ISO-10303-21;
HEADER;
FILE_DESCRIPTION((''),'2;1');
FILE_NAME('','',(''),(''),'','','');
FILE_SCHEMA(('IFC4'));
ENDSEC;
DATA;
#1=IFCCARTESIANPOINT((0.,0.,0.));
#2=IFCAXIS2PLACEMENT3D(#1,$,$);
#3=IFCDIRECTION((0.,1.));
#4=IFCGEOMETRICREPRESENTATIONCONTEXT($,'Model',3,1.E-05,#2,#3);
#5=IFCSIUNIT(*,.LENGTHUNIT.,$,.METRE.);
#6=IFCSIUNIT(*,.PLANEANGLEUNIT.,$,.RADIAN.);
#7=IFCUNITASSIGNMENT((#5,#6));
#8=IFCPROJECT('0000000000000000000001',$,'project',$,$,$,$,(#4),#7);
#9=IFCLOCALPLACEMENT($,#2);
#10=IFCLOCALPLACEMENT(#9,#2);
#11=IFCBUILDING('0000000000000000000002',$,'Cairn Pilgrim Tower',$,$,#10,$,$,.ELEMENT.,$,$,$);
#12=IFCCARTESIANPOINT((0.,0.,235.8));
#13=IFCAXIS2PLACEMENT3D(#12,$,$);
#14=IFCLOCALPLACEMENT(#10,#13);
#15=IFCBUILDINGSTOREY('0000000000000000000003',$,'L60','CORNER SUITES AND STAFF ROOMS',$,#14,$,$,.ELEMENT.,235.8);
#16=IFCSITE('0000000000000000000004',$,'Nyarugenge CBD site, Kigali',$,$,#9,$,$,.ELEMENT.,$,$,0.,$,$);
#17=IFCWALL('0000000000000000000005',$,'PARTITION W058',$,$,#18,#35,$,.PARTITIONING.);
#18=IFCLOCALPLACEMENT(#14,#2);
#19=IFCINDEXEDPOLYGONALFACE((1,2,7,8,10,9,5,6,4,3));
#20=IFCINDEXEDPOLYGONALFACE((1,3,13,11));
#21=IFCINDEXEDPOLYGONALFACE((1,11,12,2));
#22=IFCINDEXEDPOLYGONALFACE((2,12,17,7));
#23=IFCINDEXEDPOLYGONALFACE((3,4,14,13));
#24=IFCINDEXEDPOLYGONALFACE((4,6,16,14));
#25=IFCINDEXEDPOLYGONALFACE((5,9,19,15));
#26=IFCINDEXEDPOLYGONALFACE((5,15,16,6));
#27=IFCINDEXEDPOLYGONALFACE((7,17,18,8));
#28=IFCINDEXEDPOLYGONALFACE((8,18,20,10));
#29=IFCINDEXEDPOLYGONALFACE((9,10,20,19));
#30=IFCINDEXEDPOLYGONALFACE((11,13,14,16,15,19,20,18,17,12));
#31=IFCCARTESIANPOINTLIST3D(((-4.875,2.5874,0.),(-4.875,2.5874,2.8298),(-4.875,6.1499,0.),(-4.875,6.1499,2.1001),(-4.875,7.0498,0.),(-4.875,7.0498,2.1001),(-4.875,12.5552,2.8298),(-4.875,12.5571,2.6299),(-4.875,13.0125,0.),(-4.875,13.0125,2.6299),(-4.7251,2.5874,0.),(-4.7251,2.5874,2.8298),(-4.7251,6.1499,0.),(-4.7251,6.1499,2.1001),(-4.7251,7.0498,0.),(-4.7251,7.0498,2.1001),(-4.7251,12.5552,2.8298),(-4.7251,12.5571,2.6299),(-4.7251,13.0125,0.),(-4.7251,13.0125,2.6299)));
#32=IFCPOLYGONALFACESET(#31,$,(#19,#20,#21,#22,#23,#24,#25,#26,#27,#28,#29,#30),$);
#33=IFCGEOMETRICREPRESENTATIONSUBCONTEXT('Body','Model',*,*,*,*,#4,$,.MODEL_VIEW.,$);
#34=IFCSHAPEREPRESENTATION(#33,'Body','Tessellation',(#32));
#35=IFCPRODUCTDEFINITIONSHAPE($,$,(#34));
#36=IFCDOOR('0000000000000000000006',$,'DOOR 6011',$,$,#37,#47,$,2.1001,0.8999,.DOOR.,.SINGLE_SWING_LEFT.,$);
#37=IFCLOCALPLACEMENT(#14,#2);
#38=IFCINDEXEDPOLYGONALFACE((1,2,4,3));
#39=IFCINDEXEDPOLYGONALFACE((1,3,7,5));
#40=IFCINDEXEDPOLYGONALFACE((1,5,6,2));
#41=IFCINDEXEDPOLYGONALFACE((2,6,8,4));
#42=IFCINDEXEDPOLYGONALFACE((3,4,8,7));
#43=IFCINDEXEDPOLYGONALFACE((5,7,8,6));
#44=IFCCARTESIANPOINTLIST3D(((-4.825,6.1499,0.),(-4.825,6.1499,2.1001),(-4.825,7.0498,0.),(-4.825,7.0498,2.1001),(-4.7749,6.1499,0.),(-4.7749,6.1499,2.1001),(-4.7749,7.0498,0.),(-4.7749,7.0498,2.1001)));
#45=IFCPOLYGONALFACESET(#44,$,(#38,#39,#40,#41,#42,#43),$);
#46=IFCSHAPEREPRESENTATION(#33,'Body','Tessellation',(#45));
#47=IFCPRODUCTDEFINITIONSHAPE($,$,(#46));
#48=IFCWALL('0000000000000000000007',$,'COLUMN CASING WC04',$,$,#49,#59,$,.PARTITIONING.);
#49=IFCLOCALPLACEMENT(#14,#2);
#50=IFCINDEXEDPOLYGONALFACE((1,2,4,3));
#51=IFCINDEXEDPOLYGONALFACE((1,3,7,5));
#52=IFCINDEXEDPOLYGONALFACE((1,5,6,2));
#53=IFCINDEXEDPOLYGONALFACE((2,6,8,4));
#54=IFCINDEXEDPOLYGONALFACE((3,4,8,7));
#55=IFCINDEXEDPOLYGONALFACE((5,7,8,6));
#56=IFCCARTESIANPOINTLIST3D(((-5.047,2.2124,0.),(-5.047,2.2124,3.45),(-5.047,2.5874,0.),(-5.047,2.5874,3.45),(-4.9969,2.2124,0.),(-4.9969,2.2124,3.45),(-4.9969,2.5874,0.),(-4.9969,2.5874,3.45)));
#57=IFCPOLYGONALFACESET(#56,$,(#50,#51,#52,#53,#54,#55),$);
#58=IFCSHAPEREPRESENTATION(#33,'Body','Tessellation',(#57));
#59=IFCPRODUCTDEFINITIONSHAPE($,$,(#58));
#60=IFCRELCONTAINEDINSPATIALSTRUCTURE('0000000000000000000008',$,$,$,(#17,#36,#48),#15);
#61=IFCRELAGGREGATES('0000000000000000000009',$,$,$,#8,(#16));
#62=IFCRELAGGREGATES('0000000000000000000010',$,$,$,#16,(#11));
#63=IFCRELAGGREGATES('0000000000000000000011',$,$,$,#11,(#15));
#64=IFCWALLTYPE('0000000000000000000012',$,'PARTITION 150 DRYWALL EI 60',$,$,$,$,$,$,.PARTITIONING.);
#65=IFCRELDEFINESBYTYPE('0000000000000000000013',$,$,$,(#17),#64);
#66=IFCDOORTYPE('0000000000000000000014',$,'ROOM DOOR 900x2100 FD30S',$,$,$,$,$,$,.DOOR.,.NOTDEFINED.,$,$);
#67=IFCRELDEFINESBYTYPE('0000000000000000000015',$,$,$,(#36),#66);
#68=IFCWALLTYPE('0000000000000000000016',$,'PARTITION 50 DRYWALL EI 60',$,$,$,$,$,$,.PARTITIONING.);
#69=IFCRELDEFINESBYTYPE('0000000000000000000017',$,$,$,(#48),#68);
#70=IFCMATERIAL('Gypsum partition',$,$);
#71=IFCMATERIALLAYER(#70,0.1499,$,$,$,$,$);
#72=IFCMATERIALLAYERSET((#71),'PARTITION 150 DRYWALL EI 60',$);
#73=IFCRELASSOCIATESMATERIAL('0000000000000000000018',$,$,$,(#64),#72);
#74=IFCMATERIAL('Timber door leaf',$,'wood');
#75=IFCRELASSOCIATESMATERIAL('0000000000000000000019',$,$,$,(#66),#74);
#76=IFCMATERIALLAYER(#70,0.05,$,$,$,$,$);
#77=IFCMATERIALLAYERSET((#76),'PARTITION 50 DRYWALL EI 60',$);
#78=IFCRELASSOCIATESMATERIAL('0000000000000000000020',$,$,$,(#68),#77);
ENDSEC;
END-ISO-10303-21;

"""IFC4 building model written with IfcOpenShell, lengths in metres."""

from ifc_helpers import new_model, si_unit, direction, frame, frame_2d, origin, place, context, subcontext, project, spatial, polyline, rectangle, outline, extrude, material, layer, layer_set, type_object, element, fill, save


model = new_model("IFC4")

# Units and contexts
model_context = context("Model", 3, precision=1e-05, world=origin(), true_north=direction((0.0, 1.0)))
body_context = subcontext(model_context, "Body", "Model", "MODEL_VIEW")
ifc_project = project(units=[si_unit("LENGTHUNIT", "METRE"), si_unit("PLANEANGLEUNIT", "RADIAN")], contexts=[model_context])

# Site, building, storey
site_placement = place(None, origin())
site = spatial("IfcSite", under=ifc_project, at=site_placement, Name="Nyarugenge CBD site, Kigali", CompositionType="ELEMENT", RefElevation=0.0)
building_placement = place(site_placement, origin())
building = spatial("IfcBuilding", under=site, at=building_placement, Name="Cairn Pilgrim Tower", CompositionType="ELEMENT")
storey_placement = place(building_placement, frame((0.0, 0.0, 235.8)))
storey = spatial("IfcBuildingStorey", under=building, at=storey_placement, Name="L60", Description="CORNER SUITES AND STAFF ROOMS", CompositionType="ELEMENT", Elevation=235.8)

# Wall, opening, door
ifc_material_1 = material(Name="Gypsum partition")
ifc_layer_1 = layer(ifc_material_1, 0.1499)
ifc_layer_set_1 = layer_set([ifc_layer_1], Name="PARTITION 150 DRYWALL EI 60")
wall_type_1 = type_object("IfcWallType", Name="PARTITION 150 DRYWALL EI 60", PredefinedType="PARTITIONING", material=ifc_layer_set_1)
wall_1_placement = place(storey_placement, frame((-4.8, 2.5874, 0.0), z_axis=(0.0, 0.0, 1.0), x_axis=(0.0, 1.0, 0.0)))
wall_1 = element("IfcWall", 1, at=wall_1_placement, inside=storey, type_object=wall_type_1, Name="PARTITION W058", PredefinedType="PARTITIONING", context=body_context, shape_type="SweptSolid", body=[
    extrude(outline(polyline([(0.0, 0.0), (10.425, 0.0), (10.425, 2.6299), (9.9697, 2.6299), (9.9678, 2.8298), (0.0, 2.8298), (0.0, 0.0)])), frame((0.0, 0.075, 0.0), z_axis=(0.0, -1.0, 0.0), x_axis=(1.0, 0.0, 0.0)), (0.0, 0.0, 1.0), 0.1499),
])
opening_1_placement = place(wall_1_placement, frame((3.5625, 0.0, 0.0)))
opening_1 = element("IfcOpeningElement", 2, at=opening_1_placement, cuts=wall_1, PredefinedType="OPENING", context=body_context, shape_type="SweptSolid", body=[
    extrude(rectangle(XDim=0.8999, YDim=2.1001, at=frame_2d((0.45, 1.05))), frame((0.0, 0.085, 0.0), z_axis=(0.0, -1.0, 0.0), x_axis=(1.0, 0.0, 0.0)), (0.0, 0.0, 1.0), 0.1699),
])
ifc_material_2 = material(Name="Timber door leaf", Category="wood")
door_type_1 = type_object("IfcDoorType", Name="ROOM DOOR 900x2100 FD30S", OperationType="NOTDEFINED", PredefinedType="DOOR", material=ifc_material_2)
door_1_placement = place(opening_1_placement, origin())
door_1 = element("IfcDoor", 3, at=door_1_placement, inside=storey, type_object=door_type_1, Name="DOOR 6011", OperationType="SINGLE_SWING_LEFT", OverallHeight=2.1001, OverallWidth=0.8999, PredefinedType="DOOR", context=body_context, shape_type="SweptSolid", body=[
    extrude(rectangle(XDim=0.8999, YDim=2.1001, at=frame_2d((0.45, 1.05))), frame((0.0, 0.0249, 0.0), z_axis=(0.0, -1.0, 0.0), x_axis=(1.0, 0.0, 0.0)), (0.0, 0.0, 1.0), 0.05),
])
fill(opening_1, door_1)

# Wall
ifc_layer_2 = layer(ifc_material_1, 0.05)
ifc_layer_set_2 = layer_set([ifc_layer_2], Name="PARTITION 50 DRYWALL EI 60")
wall_type_2 = type_object("IfcWallType", Name="PARTITION 50 DRYWALL EI 60", PredefinedType="PARTITIONING", material=ifc_layer_set_2)
wall_2_placement = place(storey_placement, frame((-5.022, 2.2124, 0.0), z_axis=(0.0, 0.0, 1.0), x_axis=(0.0, 1.0, 0.0)))
element("IfcWall", 4, at=wall_2_placement, inside=storey, type_object=wall_type_2, Name="COLUMN CASING WC04", PredefinedType="PARTITIONING", context=body_context, shape_type="SweptSolid", body=[
    extrude(rectangle(XDim=0.375, YDim=0.05, at=frame_2d((0.1875, 0.0))), origin(), (0.0, 0.0, 1.0), 3.45),
])

save(model, "model.ifc")
